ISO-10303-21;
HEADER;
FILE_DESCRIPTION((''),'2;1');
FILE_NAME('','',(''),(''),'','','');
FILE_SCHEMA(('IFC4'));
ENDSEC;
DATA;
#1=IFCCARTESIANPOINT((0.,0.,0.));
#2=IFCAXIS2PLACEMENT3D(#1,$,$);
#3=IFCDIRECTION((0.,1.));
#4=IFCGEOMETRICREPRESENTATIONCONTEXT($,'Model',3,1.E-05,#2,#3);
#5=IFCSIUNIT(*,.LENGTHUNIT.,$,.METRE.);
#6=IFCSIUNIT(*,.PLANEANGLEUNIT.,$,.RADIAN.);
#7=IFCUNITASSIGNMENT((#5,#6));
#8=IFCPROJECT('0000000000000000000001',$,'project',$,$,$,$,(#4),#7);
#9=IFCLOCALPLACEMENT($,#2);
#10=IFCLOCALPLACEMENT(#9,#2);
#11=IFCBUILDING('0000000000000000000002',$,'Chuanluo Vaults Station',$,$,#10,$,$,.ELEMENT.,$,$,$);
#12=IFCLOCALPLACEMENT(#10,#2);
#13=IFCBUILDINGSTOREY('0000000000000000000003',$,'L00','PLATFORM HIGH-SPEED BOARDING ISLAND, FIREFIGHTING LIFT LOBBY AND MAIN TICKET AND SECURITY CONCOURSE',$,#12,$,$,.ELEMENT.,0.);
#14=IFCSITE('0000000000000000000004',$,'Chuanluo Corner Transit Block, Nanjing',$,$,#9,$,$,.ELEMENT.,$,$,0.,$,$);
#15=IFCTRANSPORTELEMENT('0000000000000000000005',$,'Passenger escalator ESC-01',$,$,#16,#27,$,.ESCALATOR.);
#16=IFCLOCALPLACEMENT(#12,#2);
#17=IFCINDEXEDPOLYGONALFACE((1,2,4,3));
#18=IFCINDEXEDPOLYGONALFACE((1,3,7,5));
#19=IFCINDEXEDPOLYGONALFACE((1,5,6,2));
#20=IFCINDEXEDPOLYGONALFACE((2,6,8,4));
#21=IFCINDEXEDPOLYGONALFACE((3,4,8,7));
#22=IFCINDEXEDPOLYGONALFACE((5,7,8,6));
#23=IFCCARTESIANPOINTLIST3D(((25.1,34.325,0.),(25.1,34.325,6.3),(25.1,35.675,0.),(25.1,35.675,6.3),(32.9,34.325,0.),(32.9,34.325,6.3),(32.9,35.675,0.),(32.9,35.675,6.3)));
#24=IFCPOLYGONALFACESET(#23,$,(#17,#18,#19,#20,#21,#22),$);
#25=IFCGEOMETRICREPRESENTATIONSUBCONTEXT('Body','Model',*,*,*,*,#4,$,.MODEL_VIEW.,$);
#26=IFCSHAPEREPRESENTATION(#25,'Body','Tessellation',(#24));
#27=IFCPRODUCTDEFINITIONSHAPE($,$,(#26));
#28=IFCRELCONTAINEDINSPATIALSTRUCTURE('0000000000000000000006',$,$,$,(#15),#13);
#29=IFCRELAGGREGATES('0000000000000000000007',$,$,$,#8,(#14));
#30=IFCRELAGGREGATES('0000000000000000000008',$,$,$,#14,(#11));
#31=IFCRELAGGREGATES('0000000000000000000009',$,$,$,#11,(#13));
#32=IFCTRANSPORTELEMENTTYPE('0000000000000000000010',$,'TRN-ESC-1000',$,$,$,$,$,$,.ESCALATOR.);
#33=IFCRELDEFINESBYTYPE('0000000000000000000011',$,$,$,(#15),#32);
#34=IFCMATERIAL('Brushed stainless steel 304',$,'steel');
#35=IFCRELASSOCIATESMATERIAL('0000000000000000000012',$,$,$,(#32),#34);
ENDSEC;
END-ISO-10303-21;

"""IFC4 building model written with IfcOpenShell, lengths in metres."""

from ifc_helpers import new_model, si_unit, direction, frame, origin, origin_2d, place, context, subcontext, project, spatial, rectangle, extrude, material, type_object, element, save


model = new_model("IFC4")

# Units and contexts
model_context = context("Model", 3, precision=1e-05, world=origin(), true_north=direction((0.0, 1.0)))
body_context = subcontext(model_context, "Body", "Model", "MODEL_VIEW")
ifc_project = project(units=[si_unit("LENGTHUNIT", "METRE"), si_unit("PLANEANGLEUNIT", "RADIAN")], contexts=[model_context])

# Site, building, storey
site_placement = place(None, origin())
site = spatial("IfcSite", under=ifc_project, at=site_placement, Name="Chuanluo Corner Transit Block, Nanjing", CompositionType="ELEMENT", RefElevation=0.0)
building_placement = place(site_placement, origin())
building = spatial("IfcBuilding", under=site, at=building_placement, Name="Chuanluo Vaults Station", CompositionType="ELEMENT")
storey_placement = place(building_placement, origin())
storey = spatial("IfcBuildingStorey", under=building, at=storey_placement, Name="L00", Description="PLATFORM HIGH-SPEED BOARDING ISLAND, FIREFIGHTING LIFT LOBBY AND MAIN TICKET AND SECURITY CONCOURSE", CompositionType="ELEMENT", Elevation=0.0)

# Transport element
ifc_material_1 = material(Name="Brushed stainless steel 304", Category="steel")
transport_element_type = type_object("IfcTransportElementType", Name="TRN-ESC-1000", PredefinedType="ESCALATOR", material=ifc_material_1)
transport_element_placement = place(storey_placement, frame((29.0, 35.0, 0.0), z_axis=(0.0, 0.0, 1.0), x_axis=(1.0, 0.0, 0.0)))
element("IfcTransportElement", 1, at=transport_element_placement, inside=storey, type_object=transport_element_type, Name="Passenger escalator ESC-01", PredefinedType="ESCALATOR", context=body_context, shape_type="SweptSolid", body=[
    extrude(rectangle(XDim=7.8, YDim=1.3501, at=origin_2d()), origin(), (0.0, 0.0, 1.0), 6.3),
])

save(model, "model.ifc")
